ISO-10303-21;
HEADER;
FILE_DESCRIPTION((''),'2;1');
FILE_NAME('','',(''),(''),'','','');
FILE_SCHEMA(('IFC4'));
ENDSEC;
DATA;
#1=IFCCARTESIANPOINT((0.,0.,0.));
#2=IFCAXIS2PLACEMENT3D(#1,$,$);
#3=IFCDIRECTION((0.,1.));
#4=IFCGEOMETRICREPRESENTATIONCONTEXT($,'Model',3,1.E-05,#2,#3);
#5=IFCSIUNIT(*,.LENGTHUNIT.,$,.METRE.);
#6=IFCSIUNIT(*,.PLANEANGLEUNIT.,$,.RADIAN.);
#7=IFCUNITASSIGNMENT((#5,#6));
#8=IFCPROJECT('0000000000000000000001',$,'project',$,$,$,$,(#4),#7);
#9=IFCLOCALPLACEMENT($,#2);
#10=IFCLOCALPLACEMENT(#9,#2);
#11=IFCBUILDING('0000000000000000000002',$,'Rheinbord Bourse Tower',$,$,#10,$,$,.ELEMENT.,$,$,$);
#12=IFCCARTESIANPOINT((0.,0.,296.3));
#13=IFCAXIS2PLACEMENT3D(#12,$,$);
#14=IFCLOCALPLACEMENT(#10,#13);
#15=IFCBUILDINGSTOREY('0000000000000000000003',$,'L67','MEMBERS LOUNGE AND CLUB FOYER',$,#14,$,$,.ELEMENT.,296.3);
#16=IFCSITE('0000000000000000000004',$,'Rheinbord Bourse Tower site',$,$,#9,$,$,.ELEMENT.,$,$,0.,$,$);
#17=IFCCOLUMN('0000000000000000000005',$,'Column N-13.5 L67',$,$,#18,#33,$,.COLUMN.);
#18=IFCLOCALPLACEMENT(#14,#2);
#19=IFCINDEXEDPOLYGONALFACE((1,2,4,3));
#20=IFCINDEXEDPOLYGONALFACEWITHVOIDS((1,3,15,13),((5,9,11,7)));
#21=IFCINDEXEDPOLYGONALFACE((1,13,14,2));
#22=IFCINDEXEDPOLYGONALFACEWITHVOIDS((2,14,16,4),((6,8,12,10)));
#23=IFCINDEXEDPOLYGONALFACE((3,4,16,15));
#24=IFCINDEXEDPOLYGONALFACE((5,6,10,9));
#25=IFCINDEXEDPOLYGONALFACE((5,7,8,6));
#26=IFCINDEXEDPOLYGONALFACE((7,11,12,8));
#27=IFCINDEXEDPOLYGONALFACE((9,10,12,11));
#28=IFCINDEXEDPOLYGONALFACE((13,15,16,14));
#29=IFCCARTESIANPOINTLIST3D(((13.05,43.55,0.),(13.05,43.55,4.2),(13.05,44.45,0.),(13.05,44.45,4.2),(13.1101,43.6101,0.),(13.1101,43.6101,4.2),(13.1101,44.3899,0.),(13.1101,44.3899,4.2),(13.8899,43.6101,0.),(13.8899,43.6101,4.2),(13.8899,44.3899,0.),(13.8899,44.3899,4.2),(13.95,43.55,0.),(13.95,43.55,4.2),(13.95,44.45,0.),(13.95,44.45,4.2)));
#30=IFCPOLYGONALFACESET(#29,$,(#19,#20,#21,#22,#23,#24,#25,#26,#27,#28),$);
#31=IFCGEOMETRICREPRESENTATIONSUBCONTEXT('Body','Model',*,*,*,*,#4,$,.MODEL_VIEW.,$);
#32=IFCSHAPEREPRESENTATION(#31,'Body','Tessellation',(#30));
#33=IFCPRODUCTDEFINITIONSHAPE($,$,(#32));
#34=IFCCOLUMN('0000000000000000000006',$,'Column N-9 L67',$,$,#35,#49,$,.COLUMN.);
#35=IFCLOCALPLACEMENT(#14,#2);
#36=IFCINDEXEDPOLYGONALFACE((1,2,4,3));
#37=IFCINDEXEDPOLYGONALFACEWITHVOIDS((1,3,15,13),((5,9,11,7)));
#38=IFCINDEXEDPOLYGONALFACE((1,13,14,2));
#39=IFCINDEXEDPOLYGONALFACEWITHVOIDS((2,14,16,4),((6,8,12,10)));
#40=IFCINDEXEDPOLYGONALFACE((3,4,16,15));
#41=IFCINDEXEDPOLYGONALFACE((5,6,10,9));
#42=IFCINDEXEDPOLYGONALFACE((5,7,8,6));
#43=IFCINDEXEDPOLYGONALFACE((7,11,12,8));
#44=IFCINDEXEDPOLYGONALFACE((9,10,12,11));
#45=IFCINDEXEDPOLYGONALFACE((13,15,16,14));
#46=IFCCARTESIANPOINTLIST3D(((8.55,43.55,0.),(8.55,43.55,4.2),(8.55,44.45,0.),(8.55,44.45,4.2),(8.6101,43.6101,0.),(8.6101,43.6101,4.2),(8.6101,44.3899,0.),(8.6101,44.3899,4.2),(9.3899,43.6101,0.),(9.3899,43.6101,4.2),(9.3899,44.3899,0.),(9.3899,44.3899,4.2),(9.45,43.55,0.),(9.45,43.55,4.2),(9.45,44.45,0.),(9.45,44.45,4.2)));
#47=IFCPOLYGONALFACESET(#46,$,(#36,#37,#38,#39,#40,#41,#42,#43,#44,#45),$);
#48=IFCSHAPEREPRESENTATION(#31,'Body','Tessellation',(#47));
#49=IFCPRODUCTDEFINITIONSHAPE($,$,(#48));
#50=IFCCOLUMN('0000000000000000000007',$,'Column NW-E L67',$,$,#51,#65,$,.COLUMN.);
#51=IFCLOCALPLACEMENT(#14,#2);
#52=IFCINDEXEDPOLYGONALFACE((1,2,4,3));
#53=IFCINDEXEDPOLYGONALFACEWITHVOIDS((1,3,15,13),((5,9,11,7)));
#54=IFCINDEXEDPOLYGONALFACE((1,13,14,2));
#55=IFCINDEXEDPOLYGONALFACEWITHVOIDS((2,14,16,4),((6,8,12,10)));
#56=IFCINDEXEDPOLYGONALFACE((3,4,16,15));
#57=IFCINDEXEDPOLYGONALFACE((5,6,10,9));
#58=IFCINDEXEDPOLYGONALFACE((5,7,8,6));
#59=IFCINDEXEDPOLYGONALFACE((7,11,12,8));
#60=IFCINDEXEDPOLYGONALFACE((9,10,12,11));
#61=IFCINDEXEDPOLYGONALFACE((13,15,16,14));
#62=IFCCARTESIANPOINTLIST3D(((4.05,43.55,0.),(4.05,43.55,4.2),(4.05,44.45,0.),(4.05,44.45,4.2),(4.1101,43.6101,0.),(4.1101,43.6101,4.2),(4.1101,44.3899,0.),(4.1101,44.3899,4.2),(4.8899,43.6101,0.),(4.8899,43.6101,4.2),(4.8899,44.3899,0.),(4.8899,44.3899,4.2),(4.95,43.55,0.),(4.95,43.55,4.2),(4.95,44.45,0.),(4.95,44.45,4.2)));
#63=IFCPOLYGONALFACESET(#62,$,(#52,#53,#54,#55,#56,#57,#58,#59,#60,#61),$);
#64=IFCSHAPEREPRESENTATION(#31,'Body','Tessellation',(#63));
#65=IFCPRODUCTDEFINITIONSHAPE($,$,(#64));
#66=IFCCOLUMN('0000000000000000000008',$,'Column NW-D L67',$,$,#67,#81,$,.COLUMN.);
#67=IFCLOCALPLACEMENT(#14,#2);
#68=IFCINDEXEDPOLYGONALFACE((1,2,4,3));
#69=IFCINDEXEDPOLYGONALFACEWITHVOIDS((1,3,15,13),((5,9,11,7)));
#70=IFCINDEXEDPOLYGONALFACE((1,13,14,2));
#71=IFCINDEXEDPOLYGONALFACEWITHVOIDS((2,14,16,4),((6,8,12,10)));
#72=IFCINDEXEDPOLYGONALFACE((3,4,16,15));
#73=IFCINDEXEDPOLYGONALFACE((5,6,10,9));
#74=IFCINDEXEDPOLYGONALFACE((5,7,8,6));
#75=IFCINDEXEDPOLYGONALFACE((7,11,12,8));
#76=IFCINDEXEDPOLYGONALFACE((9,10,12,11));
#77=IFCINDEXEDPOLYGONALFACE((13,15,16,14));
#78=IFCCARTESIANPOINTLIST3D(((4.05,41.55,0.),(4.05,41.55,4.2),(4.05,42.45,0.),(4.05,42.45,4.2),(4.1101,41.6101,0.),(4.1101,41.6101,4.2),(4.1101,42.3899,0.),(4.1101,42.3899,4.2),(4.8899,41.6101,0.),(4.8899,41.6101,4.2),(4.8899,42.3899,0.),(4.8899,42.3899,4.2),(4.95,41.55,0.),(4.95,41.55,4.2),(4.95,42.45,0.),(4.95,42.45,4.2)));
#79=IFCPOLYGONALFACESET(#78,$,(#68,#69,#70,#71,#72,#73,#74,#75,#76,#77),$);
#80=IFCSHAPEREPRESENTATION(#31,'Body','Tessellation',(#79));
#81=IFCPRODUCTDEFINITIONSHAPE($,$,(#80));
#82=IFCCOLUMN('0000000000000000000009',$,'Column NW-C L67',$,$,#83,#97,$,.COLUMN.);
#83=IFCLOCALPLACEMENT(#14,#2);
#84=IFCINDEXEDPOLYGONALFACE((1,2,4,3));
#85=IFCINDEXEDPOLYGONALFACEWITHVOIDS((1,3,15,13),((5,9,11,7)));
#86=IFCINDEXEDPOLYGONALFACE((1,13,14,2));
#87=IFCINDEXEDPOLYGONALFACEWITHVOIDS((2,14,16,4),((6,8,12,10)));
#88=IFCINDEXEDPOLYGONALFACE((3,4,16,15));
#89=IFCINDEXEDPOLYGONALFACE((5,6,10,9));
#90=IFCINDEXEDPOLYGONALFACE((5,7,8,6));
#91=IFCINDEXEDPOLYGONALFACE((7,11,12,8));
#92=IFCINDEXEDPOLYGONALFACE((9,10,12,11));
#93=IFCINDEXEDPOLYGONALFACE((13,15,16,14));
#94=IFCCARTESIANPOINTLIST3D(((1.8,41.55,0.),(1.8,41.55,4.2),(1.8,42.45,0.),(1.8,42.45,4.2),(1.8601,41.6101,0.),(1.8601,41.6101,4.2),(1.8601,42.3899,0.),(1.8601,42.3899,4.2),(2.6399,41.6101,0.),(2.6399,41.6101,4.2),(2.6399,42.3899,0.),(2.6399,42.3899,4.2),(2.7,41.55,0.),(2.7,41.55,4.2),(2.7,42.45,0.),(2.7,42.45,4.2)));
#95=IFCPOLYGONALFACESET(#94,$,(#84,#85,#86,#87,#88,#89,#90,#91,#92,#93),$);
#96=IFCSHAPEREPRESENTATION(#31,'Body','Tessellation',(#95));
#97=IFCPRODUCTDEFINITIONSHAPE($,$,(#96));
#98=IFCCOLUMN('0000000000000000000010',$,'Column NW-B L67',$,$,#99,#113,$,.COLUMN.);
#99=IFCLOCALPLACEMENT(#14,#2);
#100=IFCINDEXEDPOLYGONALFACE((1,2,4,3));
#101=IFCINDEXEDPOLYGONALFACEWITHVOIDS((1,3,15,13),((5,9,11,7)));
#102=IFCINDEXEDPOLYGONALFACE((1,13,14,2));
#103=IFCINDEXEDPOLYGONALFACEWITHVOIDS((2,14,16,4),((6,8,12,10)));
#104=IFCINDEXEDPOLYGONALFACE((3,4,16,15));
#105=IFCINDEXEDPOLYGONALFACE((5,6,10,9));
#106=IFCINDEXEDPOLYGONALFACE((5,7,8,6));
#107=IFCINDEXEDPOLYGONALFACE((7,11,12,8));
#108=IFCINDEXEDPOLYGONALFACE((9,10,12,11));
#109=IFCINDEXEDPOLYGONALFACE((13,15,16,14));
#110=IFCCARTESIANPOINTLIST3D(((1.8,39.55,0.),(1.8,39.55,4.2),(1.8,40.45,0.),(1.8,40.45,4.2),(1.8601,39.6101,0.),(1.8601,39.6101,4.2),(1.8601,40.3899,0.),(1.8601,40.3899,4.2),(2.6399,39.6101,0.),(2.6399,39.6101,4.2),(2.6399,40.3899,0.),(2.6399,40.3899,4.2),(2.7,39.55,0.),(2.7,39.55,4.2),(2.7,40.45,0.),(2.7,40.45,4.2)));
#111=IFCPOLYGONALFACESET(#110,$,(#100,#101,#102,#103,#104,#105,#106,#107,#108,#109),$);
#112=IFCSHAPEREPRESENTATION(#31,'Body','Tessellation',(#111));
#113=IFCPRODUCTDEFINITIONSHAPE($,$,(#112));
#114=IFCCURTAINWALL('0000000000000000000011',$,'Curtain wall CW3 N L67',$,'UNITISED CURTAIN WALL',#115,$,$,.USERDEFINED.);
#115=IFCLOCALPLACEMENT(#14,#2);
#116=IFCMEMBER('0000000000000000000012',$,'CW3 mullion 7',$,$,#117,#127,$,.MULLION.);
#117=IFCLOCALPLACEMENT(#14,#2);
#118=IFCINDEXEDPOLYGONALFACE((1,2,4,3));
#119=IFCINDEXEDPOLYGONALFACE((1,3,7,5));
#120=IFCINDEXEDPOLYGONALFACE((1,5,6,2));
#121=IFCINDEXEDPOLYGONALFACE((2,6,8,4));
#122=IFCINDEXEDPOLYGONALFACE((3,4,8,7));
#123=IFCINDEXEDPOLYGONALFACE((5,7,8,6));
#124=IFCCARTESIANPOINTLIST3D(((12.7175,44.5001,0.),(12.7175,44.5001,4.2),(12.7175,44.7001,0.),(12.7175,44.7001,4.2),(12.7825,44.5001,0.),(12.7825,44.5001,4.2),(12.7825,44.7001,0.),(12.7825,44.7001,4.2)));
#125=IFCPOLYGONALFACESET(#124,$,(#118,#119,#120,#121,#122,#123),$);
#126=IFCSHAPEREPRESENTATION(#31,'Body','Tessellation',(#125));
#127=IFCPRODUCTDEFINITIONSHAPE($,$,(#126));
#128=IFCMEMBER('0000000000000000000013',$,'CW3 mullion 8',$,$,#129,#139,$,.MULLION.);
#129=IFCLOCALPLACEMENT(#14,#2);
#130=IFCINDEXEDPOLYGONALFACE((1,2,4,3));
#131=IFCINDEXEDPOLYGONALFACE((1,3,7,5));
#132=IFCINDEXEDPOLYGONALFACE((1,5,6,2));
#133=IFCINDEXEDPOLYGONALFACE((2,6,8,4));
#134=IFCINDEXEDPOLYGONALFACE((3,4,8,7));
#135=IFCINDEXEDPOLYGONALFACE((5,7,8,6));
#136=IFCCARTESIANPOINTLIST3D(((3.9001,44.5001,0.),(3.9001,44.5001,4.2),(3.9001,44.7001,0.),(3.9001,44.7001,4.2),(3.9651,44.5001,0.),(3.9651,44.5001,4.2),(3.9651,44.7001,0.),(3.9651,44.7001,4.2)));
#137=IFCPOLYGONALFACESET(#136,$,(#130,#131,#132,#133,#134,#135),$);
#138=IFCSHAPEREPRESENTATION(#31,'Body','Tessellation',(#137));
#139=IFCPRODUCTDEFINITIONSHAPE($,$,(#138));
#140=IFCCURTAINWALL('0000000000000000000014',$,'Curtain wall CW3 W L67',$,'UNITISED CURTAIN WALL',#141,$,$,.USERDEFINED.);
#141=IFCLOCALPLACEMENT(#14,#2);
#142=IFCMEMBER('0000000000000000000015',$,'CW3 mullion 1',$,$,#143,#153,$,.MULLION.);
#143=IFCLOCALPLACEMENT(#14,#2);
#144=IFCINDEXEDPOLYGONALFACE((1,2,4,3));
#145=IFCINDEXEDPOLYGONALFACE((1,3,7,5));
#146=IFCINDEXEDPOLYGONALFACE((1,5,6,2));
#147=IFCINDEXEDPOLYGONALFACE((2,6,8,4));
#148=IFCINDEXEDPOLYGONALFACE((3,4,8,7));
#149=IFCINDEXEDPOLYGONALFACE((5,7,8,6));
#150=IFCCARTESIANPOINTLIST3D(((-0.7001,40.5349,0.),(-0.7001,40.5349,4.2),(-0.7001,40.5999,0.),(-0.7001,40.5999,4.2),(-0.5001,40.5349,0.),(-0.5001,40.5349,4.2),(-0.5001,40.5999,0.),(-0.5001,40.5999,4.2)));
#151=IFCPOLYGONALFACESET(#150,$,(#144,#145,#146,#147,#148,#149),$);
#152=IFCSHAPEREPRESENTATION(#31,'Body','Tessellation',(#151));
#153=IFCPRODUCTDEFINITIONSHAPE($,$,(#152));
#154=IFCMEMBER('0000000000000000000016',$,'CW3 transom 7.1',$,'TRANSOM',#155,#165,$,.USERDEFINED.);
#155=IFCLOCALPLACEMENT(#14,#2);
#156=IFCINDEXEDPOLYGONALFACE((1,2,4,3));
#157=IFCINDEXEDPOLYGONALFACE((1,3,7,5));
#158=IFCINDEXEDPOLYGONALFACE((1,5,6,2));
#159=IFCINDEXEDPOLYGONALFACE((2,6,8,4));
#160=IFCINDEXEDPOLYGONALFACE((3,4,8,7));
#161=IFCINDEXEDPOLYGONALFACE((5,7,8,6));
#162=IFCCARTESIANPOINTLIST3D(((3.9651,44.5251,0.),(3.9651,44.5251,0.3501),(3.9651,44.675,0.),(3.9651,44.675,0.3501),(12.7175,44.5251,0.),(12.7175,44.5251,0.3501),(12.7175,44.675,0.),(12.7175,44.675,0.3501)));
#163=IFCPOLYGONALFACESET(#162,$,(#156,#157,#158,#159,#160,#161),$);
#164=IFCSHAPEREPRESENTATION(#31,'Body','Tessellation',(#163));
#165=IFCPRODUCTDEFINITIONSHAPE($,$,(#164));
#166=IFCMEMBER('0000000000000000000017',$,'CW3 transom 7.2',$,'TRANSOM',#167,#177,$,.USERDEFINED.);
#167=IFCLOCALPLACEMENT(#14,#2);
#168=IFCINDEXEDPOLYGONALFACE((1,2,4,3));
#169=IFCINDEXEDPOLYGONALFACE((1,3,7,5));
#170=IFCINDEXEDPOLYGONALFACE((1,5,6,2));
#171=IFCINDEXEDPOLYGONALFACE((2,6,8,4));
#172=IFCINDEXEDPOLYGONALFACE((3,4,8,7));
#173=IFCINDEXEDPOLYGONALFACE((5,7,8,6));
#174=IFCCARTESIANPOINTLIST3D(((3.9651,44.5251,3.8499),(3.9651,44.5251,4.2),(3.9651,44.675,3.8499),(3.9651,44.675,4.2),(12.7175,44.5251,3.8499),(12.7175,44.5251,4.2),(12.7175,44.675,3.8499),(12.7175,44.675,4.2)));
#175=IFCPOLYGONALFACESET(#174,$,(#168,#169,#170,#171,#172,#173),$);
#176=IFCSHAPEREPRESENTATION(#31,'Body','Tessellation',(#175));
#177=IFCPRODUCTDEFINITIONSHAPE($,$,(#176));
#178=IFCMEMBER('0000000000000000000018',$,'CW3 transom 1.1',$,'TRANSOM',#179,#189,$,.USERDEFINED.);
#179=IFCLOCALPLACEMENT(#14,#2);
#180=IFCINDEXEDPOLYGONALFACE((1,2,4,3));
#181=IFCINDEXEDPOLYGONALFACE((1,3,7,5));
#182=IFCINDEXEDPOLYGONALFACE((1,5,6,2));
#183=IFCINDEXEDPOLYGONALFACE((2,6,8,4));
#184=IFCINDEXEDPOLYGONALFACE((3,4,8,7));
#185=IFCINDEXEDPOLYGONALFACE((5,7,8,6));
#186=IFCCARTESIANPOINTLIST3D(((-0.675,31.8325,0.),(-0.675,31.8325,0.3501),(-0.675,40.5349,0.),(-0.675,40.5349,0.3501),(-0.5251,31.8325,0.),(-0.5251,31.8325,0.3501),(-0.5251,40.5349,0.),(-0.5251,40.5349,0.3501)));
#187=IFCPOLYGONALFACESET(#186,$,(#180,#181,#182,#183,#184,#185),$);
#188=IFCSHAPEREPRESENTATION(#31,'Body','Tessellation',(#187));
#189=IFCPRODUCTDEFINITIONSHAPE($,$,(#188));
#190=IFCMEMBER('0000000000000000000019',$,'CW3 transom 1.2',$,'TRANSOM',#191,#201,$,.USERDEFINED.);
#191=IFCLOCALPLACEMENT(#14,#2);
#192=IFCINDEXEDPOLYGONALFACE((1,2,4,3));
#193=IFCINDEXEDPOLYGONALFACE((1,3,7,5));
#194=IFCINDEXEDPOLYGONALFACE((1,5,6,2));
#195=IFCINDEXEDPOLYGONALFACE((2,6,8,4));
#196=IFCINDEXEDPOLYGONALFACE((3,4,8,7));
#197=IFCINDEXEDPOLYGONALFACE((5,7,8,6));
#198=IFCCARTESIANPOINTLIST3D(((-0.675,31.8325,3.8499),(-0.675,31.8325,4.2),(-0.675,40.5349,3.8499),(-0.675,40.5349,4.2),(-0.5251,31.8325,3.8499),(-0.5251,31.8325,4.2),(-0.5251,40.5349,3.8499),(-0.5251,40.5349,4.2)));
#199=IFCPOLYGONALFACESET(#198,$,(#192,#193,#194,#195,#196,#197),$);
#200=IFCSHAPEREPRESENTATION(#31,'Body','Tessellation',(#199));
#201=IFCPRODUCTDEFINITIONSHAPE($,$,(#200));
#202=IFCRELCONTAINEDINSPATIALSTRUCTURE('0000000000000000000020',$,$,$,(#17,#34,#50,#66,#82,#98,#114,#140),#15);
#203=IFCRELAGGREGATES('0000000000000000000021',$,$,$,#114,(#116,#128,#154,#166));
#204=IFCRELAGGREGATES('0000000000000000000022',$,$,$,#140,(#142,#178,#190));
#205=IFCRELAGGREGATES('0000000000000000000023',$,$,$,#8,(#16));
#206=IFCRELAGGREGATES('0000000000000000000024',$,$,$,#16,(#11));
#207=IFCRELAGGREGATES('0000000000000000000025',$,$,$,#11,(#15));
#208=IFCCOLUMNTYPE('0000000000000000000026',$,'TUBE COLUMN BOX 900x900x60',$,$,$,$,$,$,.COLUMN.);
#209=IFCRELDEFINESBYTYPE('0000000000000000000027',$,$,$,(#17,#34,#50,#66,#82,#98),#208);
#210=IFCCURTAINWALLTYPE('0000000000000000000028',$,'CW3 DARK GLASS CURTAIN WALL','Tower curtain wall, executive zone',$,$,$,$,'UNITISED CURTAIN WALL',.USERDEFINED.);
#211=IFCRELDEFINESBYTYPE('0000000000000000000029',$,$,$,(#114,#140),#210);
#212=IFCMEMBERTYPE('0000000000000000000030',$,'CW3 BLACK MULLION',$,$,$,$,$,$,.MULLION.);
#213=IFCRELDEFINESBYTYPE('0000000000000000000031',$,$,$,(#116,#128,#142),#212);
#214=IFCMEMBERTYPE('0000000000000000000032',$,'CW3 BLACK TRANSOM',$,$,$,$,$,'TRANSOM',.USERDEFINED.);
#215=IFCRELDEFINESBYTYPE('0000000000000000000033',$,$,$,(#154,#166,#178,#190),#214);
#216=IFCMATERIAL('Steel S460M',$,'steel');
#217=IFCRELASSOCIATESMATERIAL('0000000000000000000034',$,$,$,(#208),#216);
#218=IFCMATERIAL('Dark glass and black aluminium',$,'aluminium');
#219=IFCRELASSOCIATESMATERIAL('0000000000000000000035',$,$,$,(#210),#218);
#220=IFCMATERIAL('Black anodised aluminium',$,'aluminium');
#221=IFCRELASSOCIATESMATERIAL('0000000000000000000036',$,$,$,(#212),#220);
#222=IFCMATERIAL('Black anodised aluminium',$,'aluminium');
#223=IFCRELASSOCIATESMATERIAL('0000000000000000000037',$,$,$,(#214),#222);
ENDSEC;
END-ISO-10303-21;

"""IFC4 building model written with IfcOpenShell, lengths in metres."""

from ifc_helpers import new_model, si_unit, direction, frame, origin, origin_2d, place, context, subcontext, project, spatial, rectangle, hollow_rectangle, extrude, material, material_profile, profile_set, type_object, element, aggregate, save


model = new_model("IFC4")

# Units and contexts
model_context = context("Model", 3, precision=1e-05, world=origin(), true_north=direction((0.0, 1.0)))
body_context = subcontext(model_context, "Body", "Model", "MODEL_VIEW")
ifc_project = project(units=[si_unit("LENGTHUNIT", "METRE"), si_unit("PLANEANGLEUNIT", "RADIAN")], contexts=[model_context])

# Site, building, storey
site_placement = place(None, origin())
site = spatial("IfcSite", under=ifc_project, at=site_placement, Name="Rheinbord Bourse Tower site", CompositionType="ELEMENT", RefElevation=0.0)
building_placement = place(site_placement, origin())
building = spatial("IfcBuilding", under=site, at=building_placement, Name="Rheinbord Bourse Tower", CompositionType="ELEMENT")
storey_placement = place(building_placement, frame((0.0, 0.0, 296.3)))
storey = spatial("IfcBuildingStorey", under=building, at=storey_placement, Name="L67", Description="MEMBERS LOUNGE AND CLUB FOYER", CompositionType="ELEMENT", Elevation=296.3)

# Columns
ifc_material_1 = material(Name="Steel S460M", Category="steel")
ifc_material_profile_1 = material_profile(ifc_material_1, hollow_rectangle(XDim=0.8999, YDim=0.8999, WallThickness=0.0601, at=origin_2d()), Name="BOX 900x900x60")
ifc_profile_set_1 = profile_set([ifc_material_profile_1], Name="Steel S460M")
column_type = type_object("IfcColumnType", Name="TUBE COLUMN BOX 900x900x60", PredefinedType="COLUMN", material=ifc_profile_set_1)
for number, where, z_axis, x_axis, name in (
    (1, (13.5, 44.0, 0.0), (0.0, 0.0, 1.0), (0.0, 1.0, 0.0), "Column N-13.5 L67"),
    (2, (9.0, 44.0, 0.0), (0.0, 0.0, 1.0), (0.0, 1.0, 0.0), "Column N-9 L67"),
    (3, (4.5, 44.0, 0.0), (0.0, 0.0, 1.0), (0.0, 1.0, 0.0), "Column NW-E L67"),
    (4, (4.5, 42.0, 0.0), (0.0, 0.0, 1.0), (0.0, 1.0, 0.0), "Column NW-D L67"),
    (5, (2.25, 42.0, 0.0), (0.0, 0.0, 1.0), (1.0, 0.0, 0.0), "Column NW-C L67"),
    (6, (2.25, 40.0, 0.0), (0.0, 0.0, 1.0), (1.0, 0.0, 0.0), "Column NW-B L67"),
):
    element("IfcColumn", number, at=place(storey_placement, frame(where, z_axis=z_axis, x_axis=x_axis)), inside=storey, type_object=column_type, Name=name, PredefinedType="COLUMN", context=body_context, shape_type="SweptSolid", body=[
        extrude(hollow_rectangle(XDim=0.8999, YDim=0.8999, WallThickness=0.0601, at=origin_2d()), origin(), (0.0, 0.0, 1.0), 4.2),
    ])

# Curtain wall, members
ifc_material_2 = material(Name="Dark glass and black aluminium", Category="aluminium")
curtain_wall_type = type_object("IfcCurtainWallType", Name="CW3 DARK GLASS CURTAIN WALL", Description="Tower curtain wall, executive zone", ElementType="UNITISED CURTAIN WALL", PredefinedType="USERDEFINED", material=ifc_material_2)
curtain_wall_1_placement = place(storey_placement, origin())
curtain_wall_1 = element("IfcCurtainWall", 7, at=curtain_wall_1_placement, inside=storey, type_object=curtain_wall_type, Name="Curtain wall CW3 N L67", ObjectType="UNITISED CURTAIN WALL", PredefinedType="USERDEFINED")
ifc_material_3 = material(Name="Black anodised aluminium", Category="aluminium")
ifc_material_profile_2 = material_profile(ifc_material_3, rectangle(XDim=0.2, YDim=0.0649, at=origin_2d()), Name="CW3 MULLION 65x200")
ifc_profile_set_2 = profile_set([ifc_material_profile_2], Name="Black anodised aluminium")
member_type_1 = type_object("IfcMemberType", Name="CW3 BLACK MULLION", PredefinedType="MULLION", material=ifc_profile_set_2)
member_1_placement = place(storey_placement, frame((12.75, 44.6001, 0.0), z_axis=(0.0, 0.0, 1.0), x_axis=(0.0, -1.0, 0.0)))
member_1 = element("IfcMember", 8, at=member_1_placement, type_object=member_type_1, Name="CW3 mullion 7", PredefinedType="MULLION", context=body_context, shape_type="SweptSolid", body=[
    extrude(rectangle(XDim=0.2, YDim=0.0649, at=origin_2d()), origin(), (0.0, 0.0, 1.0), 4.2),
])
member_2_placement = place(storey_placement, frame((3.9326, 44.6001, 0.0), z_axis=(0.0, 0.0, 1.0), x_axis=(0.0, -1.0, 0.0)))
member_2 = element("IfcMember", 9, at=member_2_placement, type_object=member_type_1, Name="CW3 mullion 8", PredefinedType="MULLION", context=body_context, shape_type="SweptSolid", body=[
    extrude(rectangle(XDim=0.2, YDim=0.0649, at=origin_2d()), origin(), (0.0, 0.0, 1.0), 4.2),
])

# Curtain wall, member
curtain_wall_2_placement = place(storey_placement, origin())
curtain_wall_2 = element("IfcCurtainWall", 10, at=curtain_wall_2_placement, inside=storey, type_object=curtain_wall_type, Name="Curtain wall CW3 W L67", ObjectType="UNITISED CURTAIN WALL", PredefinedType="USERDEFINED")
member_3_placement = place(storey_placement, frame((-0.6001, 40.5674, 0.0), z_axis=(0.0, 0.0, 1.0), x_axis=(1.0, 0.0, 0.0)))
member_3 = element("IfcMember", 11, at=member_3_placement, type_object=member_type_1, Name="CW3 mullion 1", PredefinedType="MULLION", context=body_context, shape_type="SweptSolid", body=[
    extrude(rectangle(XDim=0.2, YDim=0.0649, at=origin_2d()), origin(), (0.0, 0.0, 1.0), 4.2),
])

# Members
ifc_material_4 = material(Name="Black anodised aluminium", Category="aluminium")
ifc_material_profile_3 = material_profile(ifc_material_4, rectangle(XDim=0.1499, YDim=0.3501, at=origin_2d()), Name="CW3 TRANSOM 350x150")
ifc_profile_set_3 = profile_set([ifc_material_profile_3], Name="Black anodised aluminium")
member_type_2 = type_object("IfcMemberType", Name="CW3 BLACK TRANSOM", ElementType="TRANSOM", PredefinedType="USERDEFINED", material=ifc_profile_set_3)
member_4_placement = place(storey_placement, frame((12.7175, 44.6001, 0.175), z_axis=(-1.0, 0.0, 0.0), x_axis=(0.0, -1.0, 0.0)))
member_4 = element("IfcMember", 12, at=member_4_placement, type_object=member_type_2, Name="CW3 transom 7.1", ObjectType="TRANSOM", PredefinedType="USERDEFINED", context=body_context, shape_type="SweptSolid", body=[
    extrude(rectangle(XDim=0.1499, YDim=0.3501, at=origin_2d()), origin(), (0.0, 0.0, 1.0), 8.7524),
])
member_5_placement = place(storey_placement, frame((12.7175, 44.6001, 4.0249), z_axis=(-1.0, 0.0, 0.0), x_axis=(0.0, -1.0, 0.0)))
member_5 = element("IfcMember", 13, at=member_5_placement, type_object=member_type_2, Name="CW3 transom 7.2", ObjectType="TRANSOM", PredefinedType="USERDEFINED", context=body_context, shape_type="SweptSolid", body=[
    extrude(rectangle(XDim=0.1499, YDim=0.3501, at=origin_2d()), origin(), (0.0, 0.0, 1.0), 8.7524),
])
member_6_placement = place(storey_placement, frame((-0.6001, 40.5349, 0.175), z_axis=(0.0, -1.0, 0.0), x_axis=(1.0, 0.0, 0.0)))
member_6 = element("IfcMember", 14, at=member_6_placement, type_object=member_type_2, Name="CW3 transom 1.1", ObjectType="TRANSOM", PredefinedType="USERDEFINED", context=body_context, shape_type="SweptSolid", body=[
    extrude(rectangle(XDim=0.1499, YDim=0.3501, at=origin_2d()), origin(), (0.0, 0.0, 1.0), 8.7024),
])
member_7_placement = place(storey_placement, frame((-0.6001, 40.5349, 4.0249), z_axis=(0.0, -1.0, 0.0), x_axis=(1.0, 0.0, 0.0)))
member_7 = element("IfcMember", 15, at=member_7_placement, type_object=member_type_2, Name="CW3 transom 1.2", ObjectType="TRANSOM", PredefinedType="USERDEFINED", context=body_context, shape_type="SweptSolid", body=[
    extrude(rectangle(XDim=0.1499, YDim=0.3501, at=origin_2d()), origin(), (0.0, 0.0, 1.0), 8.7024),
])

aggregate(curtain_wall_1, [member_1, member_2, member_4, member_5])
aggregate(curtain_wall_2, [member_3, member_6, member_7])

save(model, "model.ifc")
